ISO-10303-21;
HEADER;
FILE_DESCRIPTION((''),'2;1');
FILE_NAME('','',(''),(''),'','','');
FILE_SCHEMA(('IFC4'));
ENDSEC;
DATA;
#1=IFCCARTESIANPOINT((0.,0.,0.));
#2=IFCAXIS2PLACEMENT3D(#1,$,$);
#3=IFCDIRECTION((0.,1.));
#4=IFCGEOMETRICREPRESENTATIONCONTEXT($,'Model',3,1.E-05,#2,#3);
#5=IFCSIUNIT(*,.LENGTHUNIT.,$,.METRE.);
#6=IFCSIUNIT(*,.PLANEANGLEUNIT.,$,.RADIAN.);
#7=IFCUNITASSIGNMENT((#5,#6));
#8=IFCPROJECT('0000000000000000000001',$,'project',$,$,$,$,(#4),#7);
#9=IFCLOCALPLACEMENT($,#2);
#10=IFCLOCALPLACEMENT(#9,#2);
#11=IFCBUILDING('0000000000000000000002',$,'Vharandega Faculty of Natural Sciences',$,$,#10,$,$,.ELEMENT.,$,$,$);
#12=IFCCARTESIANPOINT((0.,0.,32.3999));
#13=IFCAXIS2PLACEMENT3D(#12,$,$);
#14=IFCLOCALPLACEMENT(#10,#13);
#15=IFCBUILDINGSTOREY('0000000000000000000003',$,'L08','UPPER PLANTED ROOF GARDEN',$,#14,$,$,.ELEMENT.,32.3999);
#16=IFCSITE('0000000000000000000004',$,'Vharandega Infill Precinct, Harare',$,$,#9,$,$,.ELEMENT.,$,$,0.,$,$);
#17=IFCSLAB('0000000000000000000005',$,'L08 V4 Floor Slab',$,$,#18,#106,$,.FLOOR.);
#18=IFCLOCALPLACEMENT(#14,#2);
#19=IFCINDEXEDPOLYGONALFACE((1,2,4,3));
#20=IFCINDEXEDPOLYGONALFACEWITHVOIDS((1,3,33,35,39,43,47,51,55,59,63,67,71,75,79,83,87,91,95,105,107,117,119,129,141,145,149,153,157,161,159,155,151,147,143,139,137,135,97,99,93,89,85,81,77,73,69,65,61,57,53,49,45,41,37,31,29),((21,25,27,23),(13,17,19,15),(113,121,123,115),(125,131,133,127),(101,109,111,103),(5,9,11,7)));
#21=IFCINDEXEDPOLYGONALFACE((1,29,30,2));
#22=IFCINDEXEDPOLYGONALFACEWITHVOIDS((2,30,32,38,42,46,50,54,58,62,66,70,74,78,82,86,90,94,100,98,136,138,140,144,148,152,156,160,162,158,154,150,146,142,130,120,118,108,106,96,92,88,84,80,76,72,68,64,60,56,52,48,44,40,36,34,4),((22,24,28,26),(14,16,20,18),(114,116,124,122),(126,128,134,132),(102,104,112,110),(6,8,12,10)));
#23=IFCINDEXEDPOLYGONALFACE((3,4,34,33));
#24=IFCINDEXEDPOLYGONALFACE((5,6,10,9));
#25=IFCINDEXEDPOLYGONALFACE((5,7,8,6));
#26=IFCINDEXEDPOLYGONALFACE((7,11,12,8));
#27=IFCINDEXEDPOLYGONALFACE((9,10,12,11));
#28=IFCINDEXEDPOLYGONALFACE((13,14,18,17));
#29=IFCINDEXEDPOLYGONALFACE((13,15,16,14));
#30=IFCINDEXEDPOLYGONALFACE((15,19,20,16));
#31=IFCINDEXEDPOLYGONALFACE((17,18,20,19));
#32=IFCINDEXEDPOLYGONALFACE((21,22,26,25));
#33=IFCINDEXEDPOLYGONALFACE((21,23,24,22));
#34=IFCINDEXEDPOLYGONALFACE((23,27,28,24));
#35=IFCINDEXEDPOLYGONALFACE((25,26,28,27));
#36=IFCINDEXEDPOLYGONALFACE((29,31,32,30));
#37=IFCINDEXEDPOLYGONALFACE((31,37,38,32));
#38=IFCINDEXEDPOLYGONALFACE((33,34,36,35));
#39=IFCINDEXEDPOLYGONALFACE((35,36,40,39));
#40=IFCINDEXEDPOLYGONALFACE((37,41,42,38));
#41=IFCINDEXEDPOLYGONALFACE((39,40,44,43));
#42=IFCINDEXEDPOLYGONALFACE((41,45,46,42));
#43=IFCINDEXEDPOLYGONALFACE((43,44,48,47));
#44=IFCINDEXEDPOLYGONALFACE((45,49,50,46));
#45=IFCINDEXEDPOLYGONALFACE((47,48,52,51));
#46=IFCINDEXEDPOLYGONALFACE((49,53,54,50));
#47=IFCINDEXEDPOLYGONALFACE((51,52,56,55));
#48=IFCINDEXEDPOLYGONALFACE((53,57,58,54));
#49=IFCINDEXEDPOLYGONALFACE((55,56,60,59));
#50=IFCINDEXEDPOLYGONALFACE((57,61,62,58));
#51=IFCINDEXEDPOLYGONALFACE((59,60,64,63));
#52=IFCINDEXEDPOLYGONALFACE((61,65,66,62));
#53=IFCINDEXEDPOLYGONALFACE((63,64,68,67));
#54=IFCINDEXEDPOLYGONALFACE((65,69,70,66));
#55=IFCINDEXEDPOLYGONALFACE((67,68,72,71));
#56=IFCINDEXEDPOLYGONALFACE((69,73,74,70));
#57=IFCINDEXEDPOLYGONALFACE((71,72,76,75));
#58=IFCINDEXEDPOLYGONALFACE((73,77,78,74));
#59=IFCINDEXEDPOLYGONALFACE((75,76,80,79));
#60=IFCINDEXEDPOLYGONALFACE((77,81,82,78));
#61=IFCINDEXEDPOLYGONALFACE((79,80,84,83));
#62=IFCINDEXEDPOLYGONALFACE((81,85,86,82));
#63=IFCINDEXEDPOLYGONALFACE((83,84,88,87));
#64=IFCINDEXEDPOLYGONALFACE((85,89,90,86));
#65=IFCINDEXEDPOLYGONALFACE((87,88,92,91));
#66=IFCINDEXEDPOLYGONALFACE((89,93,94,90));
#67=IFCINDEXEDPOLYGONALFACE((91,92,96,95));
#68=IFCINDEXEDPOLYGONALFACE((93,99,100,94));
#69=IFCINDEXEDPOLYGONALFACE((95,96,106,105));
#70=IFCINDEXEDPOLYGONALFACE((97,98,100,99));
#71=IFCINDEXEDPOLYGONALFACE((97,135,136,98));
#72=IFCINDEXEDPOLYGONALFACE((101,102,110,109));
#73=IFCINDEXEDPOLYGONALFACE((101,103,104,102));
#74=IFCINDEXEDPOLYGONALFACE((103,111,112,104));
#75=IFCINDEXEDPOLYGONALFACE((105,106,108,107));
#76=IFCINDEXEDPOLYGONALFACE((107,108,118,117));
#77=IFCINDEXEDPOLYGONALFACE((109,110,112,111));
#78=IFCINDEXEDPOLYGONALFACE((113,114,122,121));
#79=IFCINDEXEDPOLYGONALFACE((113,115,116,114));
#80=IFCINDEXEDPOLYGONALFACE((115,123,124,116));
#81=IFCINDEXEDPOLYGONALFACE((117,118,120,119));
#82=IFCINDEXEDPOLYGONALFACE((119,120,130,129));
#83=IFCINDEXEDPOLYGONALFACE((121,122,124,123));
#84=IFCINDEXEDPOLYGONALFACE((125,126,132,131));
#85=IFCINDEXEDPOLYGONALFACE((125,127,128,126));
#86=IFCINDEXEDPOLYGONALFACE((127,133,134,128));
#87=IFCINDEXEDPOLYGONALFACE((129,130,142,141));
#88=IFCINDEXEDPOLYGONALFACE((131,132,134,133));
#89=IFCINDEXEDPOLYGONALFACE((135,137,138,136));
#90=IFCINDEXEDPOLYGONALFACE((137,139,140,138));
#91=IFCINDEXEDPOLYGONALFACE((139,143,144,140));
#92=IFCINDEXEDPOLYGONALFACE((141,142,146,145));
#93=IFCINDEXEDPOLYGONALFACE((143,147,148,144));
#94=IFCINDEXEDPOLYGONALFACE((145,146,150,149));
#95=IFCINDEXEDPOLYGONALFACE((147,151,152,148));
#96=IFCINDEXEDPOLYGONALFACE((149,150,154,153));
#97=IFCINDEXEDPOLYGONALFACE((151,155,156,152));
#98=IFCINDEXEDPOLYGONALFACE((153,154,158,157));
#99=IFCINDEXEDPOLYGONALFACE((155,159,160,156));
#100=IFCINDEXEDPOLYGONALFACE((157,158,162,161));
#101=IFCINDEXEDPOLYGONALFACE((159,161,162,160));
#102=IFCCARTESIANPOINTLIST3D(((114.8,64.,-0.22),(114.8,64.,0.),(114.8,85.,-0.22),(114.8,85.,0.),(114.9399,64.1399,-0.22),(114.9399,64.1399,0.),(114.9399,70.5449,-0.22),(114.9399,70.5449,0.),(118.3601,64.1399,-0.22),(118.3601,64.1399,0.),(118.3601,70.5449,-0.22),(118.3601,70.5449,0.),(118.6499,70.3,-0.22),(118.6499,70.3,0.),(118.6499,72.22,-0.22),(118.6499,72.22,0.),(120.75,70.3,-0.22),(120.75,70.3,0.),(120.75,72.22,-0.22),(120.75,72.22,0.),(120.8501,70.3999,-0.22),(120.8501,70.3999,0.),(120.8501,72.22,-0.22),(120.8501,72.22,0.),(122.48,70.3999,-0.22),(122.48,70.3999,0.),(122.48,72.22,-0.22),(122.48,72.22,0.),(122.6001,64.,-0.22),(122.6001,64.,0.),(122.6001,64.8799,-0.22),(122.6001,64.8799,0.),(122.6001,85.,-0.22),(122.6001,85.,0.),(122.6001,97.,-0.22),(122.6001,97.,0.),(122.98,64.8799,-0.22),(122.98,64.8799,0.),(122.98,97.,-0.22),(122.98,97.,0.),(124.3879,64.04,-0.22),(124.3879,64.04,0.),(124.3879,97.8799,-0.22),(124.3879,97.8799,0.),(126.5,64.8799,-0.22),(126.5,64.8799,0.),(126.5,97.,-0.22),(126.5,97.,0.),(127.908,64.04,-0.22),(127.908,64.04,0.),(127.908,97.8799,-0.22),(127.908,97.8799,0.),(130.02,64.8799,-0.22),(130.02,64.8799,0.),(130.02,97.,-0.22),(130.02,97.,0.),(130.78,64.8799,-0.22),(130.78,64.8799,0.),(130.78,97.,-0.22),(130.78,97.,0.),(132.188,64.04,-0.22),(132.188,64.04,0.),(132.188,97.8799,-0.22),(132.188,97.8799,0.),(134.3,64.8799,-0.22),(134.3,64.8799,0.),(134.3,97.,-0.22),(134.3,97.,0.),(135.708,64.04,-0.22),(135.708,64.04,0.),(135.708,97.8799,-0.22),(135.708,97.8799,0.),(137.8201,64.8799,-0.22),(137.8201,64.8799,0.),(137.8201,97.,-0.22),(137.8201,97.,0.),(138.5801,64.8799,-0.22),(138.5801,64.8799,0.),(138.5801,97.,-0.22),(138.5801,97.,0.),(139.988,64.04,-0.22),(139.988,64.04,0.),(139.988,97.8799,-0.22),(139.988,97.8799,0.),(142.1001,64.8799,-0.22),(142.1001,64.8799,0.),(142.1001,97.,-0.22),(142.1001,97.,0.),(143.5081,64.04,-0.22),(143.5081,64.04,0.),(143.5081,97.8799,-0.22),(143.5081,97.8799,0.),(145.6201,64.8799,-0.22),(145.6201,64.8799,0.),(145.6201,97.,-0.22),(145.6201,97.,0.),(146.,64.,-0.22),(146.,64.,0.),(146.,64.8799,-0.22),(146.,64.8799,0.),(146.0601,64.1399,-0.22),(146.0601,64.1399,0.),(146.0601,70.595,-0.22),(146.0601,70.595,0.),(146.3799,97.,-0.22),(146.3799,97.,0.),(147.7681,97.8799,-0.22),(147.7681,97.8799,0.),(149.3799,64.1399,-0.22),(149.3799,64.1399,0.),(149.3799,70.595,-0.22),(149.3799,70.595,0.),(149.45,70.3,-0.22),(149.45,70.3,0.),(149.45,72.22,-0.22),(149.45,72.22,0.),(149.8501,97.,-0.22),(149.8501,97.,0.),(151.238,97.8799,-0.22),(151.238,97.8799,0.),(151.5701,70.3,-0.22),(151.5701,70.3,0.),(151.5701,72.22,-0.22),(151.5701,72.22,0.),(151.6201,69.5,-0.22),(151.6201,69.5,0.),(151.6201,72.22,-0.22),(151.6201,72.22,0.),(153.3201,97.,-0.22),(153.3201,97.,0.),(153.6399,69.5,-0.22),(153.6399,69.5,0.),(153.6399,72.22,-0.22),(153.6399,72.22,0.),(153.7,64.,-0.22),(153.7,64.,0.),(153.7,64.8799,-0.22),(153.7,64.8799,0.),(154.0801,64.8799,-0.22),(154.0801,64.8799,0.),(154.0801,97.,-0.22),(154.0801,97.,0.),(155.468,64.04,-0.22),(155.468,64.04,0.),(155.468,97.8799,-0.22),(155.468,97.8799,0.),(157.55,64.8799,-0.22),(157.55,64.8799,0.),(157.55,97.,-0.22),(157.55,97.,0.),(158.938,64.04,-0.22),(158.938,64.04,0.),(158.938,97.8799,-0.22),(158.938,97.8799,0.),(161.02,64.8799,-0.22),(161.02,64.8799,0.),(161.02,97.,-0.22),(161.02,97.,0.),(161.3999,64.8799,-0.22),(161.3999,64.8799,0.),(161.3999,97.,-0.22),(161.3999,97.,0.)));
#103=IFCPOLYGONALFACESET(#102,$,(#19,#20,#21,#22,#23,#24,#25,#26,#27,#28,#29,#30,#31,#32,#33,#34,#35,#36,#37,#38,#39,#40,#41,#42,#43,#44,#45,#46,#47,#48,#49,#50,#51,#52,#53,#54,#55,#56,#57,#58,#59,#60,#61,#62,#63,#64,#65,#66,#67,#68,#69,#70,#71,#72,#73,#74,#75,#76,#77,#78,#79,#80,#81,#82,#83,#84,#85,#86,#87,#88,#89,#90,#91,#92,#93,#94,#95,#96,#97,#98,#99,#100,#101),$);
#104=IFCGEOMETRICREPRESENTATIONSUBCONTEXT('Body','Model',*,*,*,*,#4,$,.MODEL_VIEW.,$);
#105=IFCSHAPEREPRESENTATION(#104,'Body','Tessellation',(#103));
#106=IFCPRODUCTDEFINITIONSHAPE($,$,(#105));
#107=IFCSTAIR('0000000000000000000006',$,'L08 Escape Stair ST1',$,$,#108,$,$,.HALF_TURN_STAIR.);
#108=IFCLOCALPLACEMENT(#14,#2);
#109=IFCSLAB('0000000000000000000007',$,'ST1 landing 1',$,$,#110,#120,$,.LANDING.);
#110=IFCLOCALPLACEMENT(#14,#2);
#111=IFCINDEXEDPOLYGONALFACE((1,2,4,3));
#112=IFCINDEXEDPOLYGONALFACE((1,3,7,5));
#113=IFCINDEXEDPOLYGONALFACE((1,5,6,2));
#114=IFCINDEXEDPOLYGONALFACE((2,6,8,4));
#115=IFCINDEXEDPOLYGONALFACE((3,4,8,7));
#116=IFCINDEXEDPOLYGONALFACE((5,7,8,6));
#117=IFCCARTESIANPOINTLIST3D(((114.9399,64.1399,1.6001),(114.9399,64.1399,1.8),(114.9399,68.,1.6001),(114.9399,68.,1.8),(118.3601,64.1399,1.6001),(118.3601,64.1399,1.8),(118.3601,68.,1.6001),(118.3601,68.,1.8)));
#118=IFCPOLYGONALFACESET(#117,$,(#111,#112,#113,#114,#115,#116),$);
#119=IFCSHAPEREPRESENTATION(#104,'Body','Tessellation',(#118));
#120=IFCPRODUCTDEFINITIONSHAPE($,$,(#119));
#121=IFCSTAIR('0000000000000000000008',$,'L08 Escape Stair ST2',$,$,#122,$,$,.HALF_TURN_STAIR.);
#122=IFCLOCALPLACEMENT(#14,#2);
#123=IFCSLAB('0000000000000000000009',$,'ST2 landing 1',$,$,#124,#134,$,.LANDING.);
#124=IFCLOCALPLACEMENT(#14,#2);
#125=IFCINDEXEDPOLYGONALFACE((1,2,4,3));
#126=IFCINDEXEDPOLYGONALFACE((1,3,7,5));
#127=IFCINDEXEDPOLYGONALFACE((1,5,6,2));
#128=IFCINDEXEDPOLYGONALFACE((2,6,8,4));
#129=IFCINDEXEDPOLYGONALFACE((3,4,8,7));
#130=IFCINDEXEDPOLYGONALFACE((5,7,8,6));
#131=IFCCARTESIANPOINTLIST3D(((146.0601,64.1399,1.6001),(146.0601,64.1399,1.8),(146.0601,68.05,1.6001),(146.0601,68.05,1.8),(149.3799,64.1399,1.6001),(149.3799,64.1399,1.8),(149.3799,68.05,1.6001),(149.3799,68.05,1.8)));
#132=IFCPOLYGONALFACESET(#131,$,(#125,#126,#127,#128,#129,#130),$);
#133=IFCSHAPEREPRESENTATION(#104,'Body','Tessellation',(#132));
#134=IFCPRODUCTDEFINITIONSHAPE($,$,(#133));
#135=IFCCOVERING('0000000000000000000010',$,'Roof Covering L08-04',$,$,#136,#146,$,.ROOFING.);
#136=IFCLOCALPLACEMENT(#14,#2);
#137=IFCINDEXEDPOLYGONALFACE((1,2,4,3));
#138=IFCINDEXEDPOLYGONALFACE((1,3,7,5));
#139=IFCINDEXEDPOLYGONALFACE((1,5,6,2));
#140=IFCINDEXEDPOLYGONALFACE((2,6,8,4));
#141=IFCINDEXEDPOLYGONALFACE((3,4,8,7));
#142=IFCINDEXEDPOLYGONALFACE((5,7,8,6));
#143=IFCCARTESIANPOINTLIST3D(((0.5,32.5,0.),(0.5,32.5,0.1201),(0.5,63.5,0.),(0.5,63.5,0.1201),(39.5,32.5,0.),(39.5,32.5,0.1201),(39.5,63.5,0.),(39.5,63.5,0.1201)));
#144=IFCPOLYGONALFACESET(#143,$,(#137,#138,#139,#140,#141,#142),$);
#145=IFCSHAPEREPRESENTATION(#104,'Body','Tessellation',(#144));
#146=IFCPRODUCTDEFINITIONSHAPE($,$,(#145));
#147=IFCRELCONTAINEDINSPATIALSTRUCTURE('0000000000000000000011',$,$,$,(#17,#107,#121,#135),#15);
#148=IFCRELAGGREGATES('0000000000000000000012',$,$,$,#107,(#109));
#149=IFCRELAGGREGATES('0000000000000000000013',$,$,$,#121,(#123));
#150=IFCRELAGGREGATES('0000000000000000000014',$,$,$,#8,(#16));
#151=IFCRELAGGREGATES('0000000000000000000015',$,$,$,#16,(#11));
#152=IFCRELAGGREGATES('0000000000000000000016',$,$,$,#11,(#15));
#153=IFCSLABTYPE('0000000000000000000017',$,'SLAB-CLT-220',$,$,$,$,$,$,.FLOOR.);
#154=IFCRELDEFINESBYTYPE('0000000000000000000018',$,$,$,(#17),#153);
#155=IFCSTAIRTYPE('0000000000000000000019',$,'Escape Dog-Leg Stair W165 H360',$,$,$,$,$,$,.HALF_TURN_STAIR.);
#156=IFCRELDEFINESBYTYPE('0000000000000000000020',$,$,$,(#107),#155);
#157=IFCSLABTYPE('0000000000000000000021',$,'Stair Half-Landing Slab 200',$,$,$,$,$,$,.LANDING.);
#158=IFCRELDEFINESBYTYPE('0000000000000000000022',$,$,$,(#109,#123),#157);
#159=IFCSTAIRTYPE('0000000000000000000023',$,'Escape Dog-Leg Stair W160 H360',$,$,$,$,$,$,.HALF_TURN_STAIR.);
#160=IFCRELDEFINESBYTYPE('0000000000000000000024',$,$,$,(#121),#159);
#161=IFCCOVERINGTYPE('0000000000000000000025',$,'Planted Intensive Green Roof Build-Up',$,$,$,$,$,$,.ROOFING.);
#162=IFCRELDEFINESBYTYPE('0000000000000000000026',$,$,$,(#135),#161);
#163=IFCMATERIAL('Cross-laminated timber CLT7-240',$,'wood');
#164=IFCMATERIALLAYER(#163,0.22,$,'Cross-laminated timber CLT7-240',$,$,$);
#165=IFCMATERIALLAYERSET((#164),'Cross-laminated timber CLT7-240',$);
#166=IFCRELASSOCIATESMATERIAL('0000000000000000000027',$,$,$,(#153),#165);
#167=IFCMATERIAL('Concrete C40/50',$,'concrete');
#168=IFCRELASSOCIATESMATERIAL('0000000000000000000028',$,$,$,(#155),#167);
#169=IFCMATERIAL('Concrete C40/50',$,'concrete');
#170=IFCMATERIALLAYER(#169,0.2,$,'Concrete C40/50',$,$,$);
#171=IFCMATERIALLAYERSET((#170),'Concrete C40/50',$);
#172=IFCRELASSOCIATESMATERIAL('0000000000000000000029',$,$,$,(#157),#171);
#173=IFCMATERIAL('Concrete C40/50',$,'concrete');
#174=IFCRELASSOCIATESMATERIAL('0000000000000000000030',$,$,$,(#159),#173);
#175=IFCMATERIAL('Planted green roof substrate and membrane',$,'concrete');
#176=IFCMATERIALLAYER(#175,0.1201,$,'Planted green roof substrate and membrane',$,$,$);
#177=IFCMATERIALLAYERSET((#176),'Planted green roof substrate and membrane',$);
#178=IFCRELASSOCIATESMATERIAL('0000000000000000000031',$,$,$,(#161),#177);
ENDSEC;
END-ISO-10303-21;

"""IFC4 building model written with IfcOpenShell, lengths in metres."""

from ifc_helpers import new_model, si_unit, direction, frame, origin, place, context, subcontext, project, spatial, polyline, outline, extrude, material, layer, layer_set, type_object, element, aggregate, save


model = new_model("IFC4")

# Units and contexts
model_context = context("Model", 3, precision=1e-05, world=origin(), true_north=direction((0.0, 1.0)))
body_context = subcontext(model_context, "Body", "Model", "MODEL_VIEW")
ifc_project = project(units=[si_unit("LENGTHUNIT", "METRE"), si_unit("PLANEANGLEUNIT", "RADIAN")], contexts=[model_context])

# Site, building, storey
site_placement = place(None, origin())
site = spatial("IfcSite", under=ifc_project, at=site_placement, Name="Vharandega Infill Precinct, Harare", CompositionType="ELEMENT", RefElevation=0.0)
building_placement = place(site_placement, origin())
building = spatial("IfcBuilding", under=site, at=building_placement, Name="Vharandega Faculty of Natural Sciences", CompositionType="ELEMENT")
storey_placement = place(building_placement, frame((0.0, 0.0, 32.3999)))
storey = spatial("IfcBuildingStorey", under=building, at=storey_placement, Name="L08", Description="UPPER PLANTED ROOF GARDEN", CompositionType="ELEMENT", Elevation=32.3999)

# Slab
ifc_material_1 = material(Name="Cross-laminated timber CLT7-240", Category="wood")
ifc_layer_1 = layer(ifc_material_1, 0.22, Name="Cross-laminated timber CLT7-240")
ifc_layer_set_1 = layer_set([ifc_layer_1], Name="Cross-laminated timber CLT7-240")
slab_type_1 = type_object("IfcSlabType", Name="SLAB-CLT-220", PredefinedType="FLOOR", material=ifc_layer_set_1)
slab_1_placement = place(storey_placement, frame((0.0, 0.0, -0.22)))
element("IfcSlab", 1, at=slab_1_placement, inside=storey, type_object=slab_type_1, Name="L08 V4 Floor Slab", PredefinedType="FLOOR", context=body_context, shape_type="SweptSolid", body=[
    extrude(outline(polyline([(114.8, 64.0), (122.6001, 64.0), (122.6001, 64.8799), (122.98, 64.8799), (124.3879, 64.04), (126.5, 64.8799), (126.5, 64.8799), (127.908, 64.04), (130.02, 64.8799), (130.78, 64.8799), (132.188, 64.04), (134.3, 64.8799), (134.3, 64.8799), (135.708, 64.04), (137.8201, 64.8799), (138.5801, 64.8799), (139.988, 64.04), (142.1001, 64.8799), (142.1001, 64.8799), (143.5081, 64.04), (145.6201, 64.8799), (146.0, 64.8799), (146.0, 64.0), (153.7, 64.0), (153.7, 64.8799), (154.0801, 64.8799), (155.468, 64.04), (157.55, 64.8799), (157.55, 64.8799), (158.938, 64.04), (161.02, 64.8799), (161.3999, 64.8799), (161.3999, 64.0), (161.3999, 97.0), (161.02, 97.0), (158.938, 97.8799), (157.55, 97.0), (157.55, 97.0), (155.468, 97.8799), (154.0801, 97.0), (153.3201, 97.0), (151.238, 97.8799), (149.8501, 97.0), (149.8501, 97.0), (147.7681, 97.8799), (146.3799, 97.0), (145.6201, 97.0), (143.5081, 97.8799), (142.1001, 97.0), (142.1001, 97.0), (139.988, 97.8799), (138.5801, 97.0), (137.8201, 97.0), (135.708, 97.8799), (134.3, 97.0), (134.3, 97.0), (132.188, 97.8799), (130.78, 97.0), (130.02, 97.0), (127.908, 97.8799), (126.5, 97.0), (126.5, 97.0), (124.3879, 97.8799), (122.98, 97.0), (122.6001, 97.0), (122.6001, 85.0), (114.8, 85.0), (114.8, 64.0)]), holes=[polyline([(114.9399, 70.5449), (114.9399, 64.1399), (118.3601, 64.1399), (118.3601, 70.5449), (114.9399, 70.5449)]), polyline([(118.6499, 70.3), (120.75, 70.3), (120.75, 72.22), (118.6499, 72.22), (118.6499, 70.3)]), polyline([(120.8501, 70.3999), (122.48, 70.3999), (122.48, 72.22), (120.8501, 72.22), (120.8501, 70.3999)]), polyline([(146.0601, 70.595), (146.0601, 64.1399), (149.3799, 64.1399), (149.3799, 70.595), (146.0601, 70.595)]), polyline([(149.45, 70.3), (151.5701, 70.3), (151.5701, 72.22), (149.45, 72.22), (149.45, 70.3)]), polyline([(151.6201, 69.5), (153.6399, 69.5), (153.6399, 72.22), (151.6201, 72.22), (151.6201, 69.5)])]), origin(), (0.0, 0.0, 1.0), 0.22),
])

# Stairs, slabs
ifc_material_2 = material(Name="Concrete C40/50", Category="concrete")
stair_type_1 = type_object("IfcStairType", Name="Escape Dog-Leg Stair W165 H360", PredefinedType="HALF_TURN_STAIR", material=ifc_material_2)
stair_1_placement = place(storey_placement, origin())
stair_1 = element("IfcStair", 2, at=stair_1_placement, inside=storey, type_object=stair_type_1, Name="L08 Escape Stair ST1", PredefinedType="HALF_TURN_STAIR")
ifc_material_3 = material(Name="Concrete C40/50", Category="concrete")
ifc_layer_2 = layer(ifc_material_3, 0.2, Name="Concrete C40/50")
ifc_layer_set_2 = layer_set([ifc_layer_2], Name="Concrete C40/50")
slab_type_2 = type_object("IfcSlabType", Name="Stair Half-Landing Slab 200", PredefinedType="LANDING", material=ifc_layer_set_2)
slab_2_placement = place(storey_placement, frame((0.0, 0.0, 1.6001)))
slab_2 = element("IfcSlab", 3, at=slab_2_placement, type_object=slab_type_2, Name="ST1 landing 1", PredefinedType="LANDING", context=body_context, shape_type="SweptSolid", body=[
    extrude(outline(polyline([(114.9399, 68.0), (114.9399, 64.1399), (118.3601, 64.1399), (118.3601, 68.0), (114.9399, 68.0)])), origin(), (0.0, 0.0, 1.0), 0.2),
])
aggregate(stair_1, [slab_2])
ifc_material_4 = material(Name="Concrete C40/50", Category="concrete")
stair_type_2 = type_object("IfcStairType", Name="Escape Dog-Leg Stair W160 H360", PredefinedType="HALF_TURN_STAIR", material=ifc_material_4)
stair_2_placement = place(storey_placement, origin())
stair_2 = element("IfcStair", 4, at=stair_2_placement, inside=storey, type_object=stair_type_2, Name="L08 Escape Stair ST2", PredefinedType="HALF_TURN_STAIR")
slab_3_placement = place(storey_placement, frame((0.0, 0.0, 1.6001)))
slab_3 = element("IfcSlab", 5, at=slab_3_placement, type_object=slab_type_2, Name="ST2 landing 1", PredefinedType="LANDING", context=body_context, shape_type="SweptSolid", body=[
    extrude(outline(polyline([(146.0601, 68.05), (146.0601, 64.1399), (149.3799, 64.1399), (149.3799, 68.05), (146.0601, 68.05)])), origin(), (0.0, 0.0, 1.0), 0.2),
])
aggregate(stair_2, [slab_3])

# Covering
ifc_material_5 = material(Name="Planted green roof substrate and membrane", Category="concrete")
ifc_layer_3 = layer(ifc_material_5, 0.1201, Name="Planted green roof substrate and membrane")
ifc_layer_set_3 = layer_set([ifc_layer_3], Name="Planted green roof substrate and membrane")
covering_type = type_object("IfcCoveringType", Name="Planted Intensive Green Roof Build-Up", PredefinedType="ROOFING", material=ifc_layer_set_3)
covering_placement = place(storey_placement, origin())
element("IfcCovering", 6, at=covering_placement, inside=storey, type_object=covering_type, Name="Roof Covering L08-04", PredefinedType="ROOFING", context=body_context, shape_type="SweptSolid", body=[
    extrude(outline(polyline([(0.5, 32.5), (39.5, 32.5), (39.5, 63.5), (0.5, 63.5), (0.5, 32.5)])), origin(), (0.0, 0.0, 1.0), 0.1201),
])

save(model, "model.ifc")
